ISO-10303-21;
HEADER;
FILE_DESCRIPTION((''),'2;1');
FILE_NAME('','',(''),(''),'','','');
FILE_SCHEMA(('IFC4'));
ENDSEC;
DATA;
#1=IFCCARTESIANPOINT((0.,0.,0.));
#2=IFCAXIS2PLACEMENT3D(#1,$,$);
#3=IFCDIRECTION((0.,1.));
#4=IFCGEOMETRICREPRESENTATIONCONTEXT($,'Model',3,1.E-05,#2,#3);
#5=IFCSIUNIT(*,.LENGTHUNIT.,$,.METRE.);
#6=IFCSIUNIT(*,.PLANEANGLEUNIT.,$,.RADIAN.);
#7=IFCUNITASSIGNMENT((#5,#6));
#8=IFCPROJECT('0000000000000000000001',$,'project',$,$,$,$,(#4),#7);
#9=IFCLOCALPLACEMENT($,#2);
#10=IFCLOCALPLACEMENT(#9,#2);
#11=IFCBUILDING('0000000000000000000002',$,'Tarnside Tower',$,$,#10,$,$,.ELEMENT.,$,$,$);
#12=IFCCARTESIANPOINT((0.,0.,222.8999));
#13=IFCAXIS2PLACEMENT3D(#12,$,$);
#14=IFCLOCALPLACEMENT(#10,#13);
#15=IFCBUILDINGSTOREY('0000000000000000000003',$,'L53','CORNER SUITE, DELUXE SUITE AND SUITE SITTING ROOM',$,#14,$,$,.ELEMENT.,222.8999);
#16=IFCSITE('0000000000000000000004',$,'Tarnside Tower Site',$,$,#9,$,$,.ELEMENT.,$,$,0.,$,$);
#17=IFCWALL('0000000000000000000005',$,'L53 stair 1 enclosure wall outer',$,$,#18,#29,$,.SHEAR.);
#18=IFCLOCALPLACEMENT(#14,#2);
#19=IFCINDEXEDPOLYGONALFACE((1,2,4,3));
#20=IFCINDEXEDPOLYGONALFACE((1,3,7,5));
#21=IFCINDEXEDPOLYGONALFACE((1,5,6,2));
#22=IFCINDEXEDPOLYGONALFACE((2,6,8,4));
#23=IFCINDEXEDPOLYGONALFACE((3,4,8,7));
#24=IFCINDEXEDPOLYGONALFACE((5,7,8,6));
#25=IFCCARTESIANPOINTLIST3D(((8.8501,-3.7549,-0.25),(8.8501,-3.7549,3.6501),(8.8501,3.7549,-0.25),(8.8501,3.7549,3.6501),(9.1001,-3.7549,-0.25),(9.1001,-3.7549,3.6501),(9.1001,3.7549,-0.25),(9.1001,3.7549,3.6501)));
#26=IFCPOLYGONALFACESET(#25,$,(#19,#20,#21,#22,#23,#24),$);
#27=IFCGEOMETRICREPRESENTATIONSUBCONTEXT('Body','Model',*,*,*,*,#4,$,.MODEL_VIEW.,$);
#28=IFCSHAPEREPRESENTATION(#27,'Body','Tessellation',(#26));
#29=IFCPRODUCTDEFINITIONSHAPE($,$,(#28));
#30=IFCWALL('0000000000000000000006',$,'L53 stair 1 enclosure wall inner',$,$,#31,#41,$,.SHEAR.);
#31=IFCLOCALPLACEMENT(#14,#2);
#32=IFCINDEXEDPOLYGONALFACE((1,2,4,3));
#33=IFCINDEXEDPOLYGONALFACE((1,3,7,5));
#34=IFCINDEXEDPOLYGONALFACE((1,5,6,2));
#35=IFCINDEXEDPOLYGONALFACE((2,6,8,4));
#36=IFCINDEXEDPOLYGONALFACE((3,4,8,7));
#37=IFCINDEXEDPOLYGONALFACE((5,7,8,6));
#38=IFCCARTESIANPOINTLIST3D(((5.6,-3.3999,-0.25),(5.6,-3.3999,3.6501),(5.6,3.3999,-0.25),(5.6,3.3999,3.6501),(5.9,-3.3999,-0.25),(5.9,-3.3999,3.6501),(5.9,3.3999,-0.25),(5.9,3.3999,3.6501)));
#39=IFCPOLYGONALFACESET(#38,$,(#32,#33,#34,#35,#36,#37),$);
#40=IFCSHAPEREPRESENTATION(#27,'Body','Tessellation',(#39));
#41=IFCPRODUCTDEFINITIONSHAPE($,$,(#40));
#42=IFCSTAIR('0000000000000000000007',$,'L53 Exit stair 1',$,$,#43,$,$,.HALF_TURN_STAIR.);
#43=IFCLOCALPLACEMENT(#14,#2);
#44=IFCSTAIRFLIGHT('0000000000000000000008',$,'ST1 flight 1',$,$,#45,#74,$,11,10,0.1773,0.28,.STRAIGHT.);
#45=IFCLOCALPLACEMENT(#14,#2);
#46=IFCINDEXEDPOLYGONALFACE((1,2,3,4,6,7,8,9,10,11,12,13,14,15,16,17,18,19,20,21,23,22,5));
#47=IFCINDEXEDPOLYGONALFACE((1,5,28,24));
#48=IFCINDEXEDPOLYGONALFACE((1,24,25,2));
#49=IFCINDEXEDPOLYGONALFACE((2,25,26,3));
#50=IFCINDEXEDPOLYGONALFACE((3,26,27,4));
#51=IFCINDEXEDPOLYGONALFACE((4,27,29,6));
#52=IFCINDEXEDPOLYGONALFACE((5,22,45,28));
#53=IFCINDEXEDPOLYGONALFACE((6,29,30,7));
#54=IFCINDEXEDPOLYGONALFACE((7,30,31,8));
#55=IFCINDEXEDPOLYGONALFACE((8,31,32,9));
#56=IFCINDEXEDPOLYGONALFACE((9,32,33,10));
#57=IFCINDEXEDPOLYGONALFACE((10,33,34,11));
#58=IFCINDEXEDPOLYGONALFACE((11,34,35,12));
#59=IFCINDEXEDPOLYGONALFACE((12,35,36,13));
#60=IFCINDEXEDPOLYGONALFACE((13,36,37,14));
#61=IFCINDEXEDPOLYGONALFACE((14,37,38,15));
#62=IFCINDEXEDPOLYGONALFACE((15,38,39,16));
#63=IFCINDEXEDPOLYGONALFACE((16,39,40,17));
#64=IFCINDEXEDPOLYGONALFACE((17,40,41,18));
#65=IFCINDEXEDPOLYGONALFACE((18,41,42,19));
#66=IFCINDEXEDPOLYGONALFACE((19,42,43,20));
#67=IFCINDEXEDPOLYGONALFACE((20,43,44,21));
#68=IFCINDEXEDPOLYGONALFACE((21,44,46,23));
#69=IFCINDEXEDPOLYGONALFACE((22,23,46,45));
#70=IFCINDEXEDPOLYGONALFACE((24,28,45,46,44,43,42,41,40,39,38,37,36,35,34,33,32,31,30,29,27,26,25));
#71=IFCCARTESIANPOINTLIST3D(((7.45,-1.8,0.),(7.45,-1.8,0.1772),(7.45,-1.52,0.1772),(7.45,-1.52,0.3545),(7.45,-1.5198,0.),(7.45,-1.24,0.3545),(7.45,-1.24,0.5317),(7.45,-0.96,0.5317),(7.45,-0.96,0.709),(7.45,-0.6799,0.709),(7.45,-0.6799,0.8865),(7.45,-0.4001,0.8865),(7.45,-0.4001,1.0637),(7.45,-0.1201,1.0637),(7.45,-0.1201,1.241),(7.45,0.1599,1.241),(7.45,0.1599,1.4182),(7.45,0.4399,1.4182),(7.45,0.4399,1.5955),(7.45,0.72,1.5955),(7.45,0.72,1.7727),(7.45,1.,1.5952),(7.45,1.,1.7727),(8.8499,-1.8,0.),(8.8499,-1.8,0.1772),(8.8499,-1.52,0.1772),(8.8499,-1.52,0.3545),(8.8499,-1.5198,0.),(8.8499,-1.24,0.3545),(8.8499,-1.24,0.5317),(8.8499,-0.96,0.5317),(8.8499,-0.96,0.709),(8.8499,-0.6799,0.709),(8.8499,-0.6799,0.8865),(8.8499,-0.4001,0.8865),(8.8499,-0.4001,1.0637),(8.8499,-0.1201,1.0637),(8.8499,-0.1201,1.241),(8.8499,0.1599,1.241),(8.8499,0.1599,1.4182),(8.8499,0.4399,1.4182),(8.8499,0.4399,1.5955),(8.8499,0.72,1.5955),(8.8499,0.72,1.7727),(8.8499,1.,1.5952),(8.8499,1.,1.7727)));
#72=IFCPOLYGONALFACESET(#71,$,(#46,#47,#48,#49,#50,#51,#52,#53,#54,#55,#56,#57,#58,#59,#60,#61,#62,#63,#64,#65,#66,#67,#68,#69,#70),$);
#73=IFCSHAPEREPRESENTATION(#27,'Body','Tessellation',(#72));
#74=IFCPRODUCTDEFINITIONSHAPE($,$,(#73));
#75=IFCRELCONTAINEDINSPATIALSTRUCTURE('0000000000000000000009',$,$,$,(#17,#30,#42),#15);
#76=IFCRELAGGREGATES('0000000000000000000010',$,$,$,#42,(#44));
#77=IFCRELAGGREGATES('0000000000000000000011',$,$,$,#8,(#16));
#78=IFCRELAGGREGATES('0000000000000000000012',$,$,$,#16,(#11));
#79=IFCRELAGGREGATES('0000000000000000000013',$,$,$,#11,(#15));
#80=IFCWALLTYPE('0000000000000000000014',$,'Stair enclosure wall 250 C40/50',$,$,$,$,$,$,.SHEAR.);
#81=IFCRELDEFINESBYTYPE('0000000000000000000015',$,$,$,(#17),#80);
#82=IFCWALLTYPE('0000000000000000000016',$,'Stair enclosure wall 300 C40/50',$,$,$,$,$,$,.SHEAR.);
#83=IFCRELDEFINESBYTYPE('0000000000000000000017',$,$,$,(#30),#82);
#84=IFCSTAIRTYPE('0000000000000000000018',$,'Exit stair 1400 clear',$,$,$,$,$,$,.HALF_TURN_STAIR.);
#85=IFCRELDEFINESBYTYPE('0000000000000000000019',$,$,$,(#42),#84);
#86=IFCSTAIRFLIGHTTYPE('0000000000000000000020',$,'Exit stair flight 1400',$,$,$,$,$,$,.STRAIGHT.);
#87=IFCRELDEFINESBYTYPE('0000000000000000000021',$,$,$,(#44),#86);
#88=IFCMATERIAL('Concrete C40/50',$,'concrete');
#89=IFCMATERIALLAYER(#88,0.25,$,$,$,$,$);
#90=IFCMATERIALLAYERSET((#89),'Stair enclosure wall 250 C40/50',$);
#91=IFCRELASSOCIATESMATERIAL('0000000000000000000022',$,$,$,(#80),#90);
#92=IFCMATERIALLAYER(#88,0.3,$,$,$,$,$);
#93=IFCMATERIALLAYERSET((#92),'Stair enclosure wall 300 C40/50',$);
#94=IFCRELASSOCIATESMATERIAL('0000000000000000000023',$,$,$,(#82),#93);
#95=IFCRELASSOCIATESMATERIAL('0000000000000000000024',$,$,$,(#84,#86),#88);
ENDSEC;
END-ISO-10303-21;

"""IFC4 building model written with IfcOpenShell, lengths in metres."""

from ifc_helpers import new_model, si_unit, direction, frame, frame_2d, origin, place, context, subcontext, project, spatial, polyline, rectangle, outline, extrude, material, layer, layer_set, type_object, element, aggregate, save


model = new_model("IFC4")

# Units and contexts
model_context = context("Model", 3, precision=1e-05, world=origin(), true_north=direction((0.0, 1.0)))
body_context = subcontext(model_context, "Body", "Model", "MODEL_VIEW")
ifc_project = project(units=[si_unit("LENGTHUNIT", "METRE"), si_unit("PLANEANGLEUNIT", "RADIAN")], contexts=[model_context])

# Site, building, storey
site_placement = place(None, origin())
site = spatial("IfcSite", under=ifc_project, at=site_placement, Name="Tarnside Tower Site", CompositionType="ELEMENT", RefElevation=0.0)
building_placement = place(site_placement, origin())
building = spatial("IfcBuilding", under=site, at=building_placement, Name="Tarnside Tower", CompositionType="ELEMENT")
storey_placement = place(building_placement, frame((0.0, 0.0, 222.8999)))
storey = spatial("IfcBuildingStorey", under=building, at=storey_placement, Name="L53", Description="CORNER SUITE, DELUXE SUITE AND SUITE SITTING ROOM", CompositionType="ELEMENT", Elevation=222.8999)

# Shared definitions
ifc_material_1 = material(Name="Concrete C40/50", Category="concrete")

# Walls
ifc_layer_1 = layer(ifc_material_1, 0.25)
ifc_layer_set_1 = layer_set([ifc_layer_1], Name="Stair enclosure wall 250 C40/50")
wall_type_1 = type_object("IfcWallType", Name="Stair enclosure wall 250 C40/50", PredefinedType="SHEAR", material=ifc_layer_set_1)
wall_1_placement = place(storey_placement, frame((8.9751, -3.7549, -0.25), z_axis=(0.0, 0.0, 1.0), x_axis=(0.0, 1.0, 0.0)))
element("IfcWall", 1, at=wall_1_placement, inside=storey, type_object=wall_type_1, Name="L53 stair 1 enclosure wall outer", PredefinedType="SHEAR", context=body_context, shape_type="SweptSolid", body=[
    extrude(rectangle(XDim=7.5098, YDim=0.25, at=frame_2d((3.7549, 0.0))), origin(), (0.0, 0.0, 1.0), 3.9001),
])
ifc_layer_2 = layer(ifc_material_1, 0.3)
ifc_layer_set_2 = layer_set([ifc_layer_2], Name="Stair enclosure wall 300 C40/50")
wall_type_2 = type_object("IfcWallType", Name="Stair enclosure wall 300 C40/50", PredefinedType="SHEAR", material=ifc_layer_set_2)
wall_2_placement = place(storey_placement, frame((5.75, -3.3999, -0.25), z_axis=(0.0, 0.0, 1.0), x_axis=(0.0, 1.0, 0.0)))
element("IfcWall", 2, at=wall_2_placement, inside=storey, type_object=wall_type_2, Name="L53 stair 1 enclosure wall inner", PredefinedType="SHEAR", context=body_context, shape_type="SweptSolid", body=[
    extrude(rectangle(XDim=6.7998, YDim=0.3, at=frame_2d((3.3999, 0.0))), origin(), (0.0, 0.0, 1.0), 3.9001),
])

# Stair, stair flight
stair_type = type_object("IfcStairType", Name="Exit stair 1400 clear", PredefinedType="HALF_TURN_STAIR", material=ifc_material_1)
stair_placement = place(storey_placement, origin())
stair = element("IfcStair", 3, at=stair_placement, inside=storey, type_object=stair_type, Name="L53 Exit stair 1", PredefinedType="HALF_TURN_STAIR")
stair_flight_type = type_object("IfcStairFlightType", Name="Exit stair flight 1400", PredefinedType="STRAIGHT", material=ifc_material_1)
stair_flight_placement = place(storey_placement, frame((8.1499, -1.8, 0.0), z_axis=(0.0, 0.0, 1.0), x_axis=(0.0, 1.0, 0.0)))
stair_flight = element("IfcStairFlight", 4, at=stair_flight_placement, type_object=stair_flight_type, Name="ST1 flight 1", NumberOfRisers=11, NumberOfTreads=10, PredefinedType="STRAIGHT", RiserHeight=0.1773, TreadLength=0.28, context=body_context, shape_type="SweptSolid", body=[
    extrude(outline(polyline([(0.0, 0.0), (0.0, 0.1772), (0.28, 0.1772), (0.28, 0.3545), (0.5601, 0.3545), (0.5601, 0.5317), (0.8401, 0.5317), (0.8401, 0.709), (1.1201, 0.709), (1.1201, 0.8865), (1.3999, 0.8865), (1.3999, 1.0637), (1.6799, 1.0637), (1.6799, 1.241), (1.96, 1.241), (1.96, 1.4182), (2.24, 1.4182), (2.24, 1.5955), (2.52, 1.5955), (2.52, 1.7727), (2.8, 1.7727), (2.8, 1.95), (2.8, 1.5952), (0.2803, 0.0), (0.0, 0.0)])), frame((0.0, 0.7, 0.0), z_axis=(0.0, -1.0, 0.0), x_axis=(1.0, 0.0, 0.0)), (0.0, 0.0, 1.0), 1.3999),
])
aggregate(stair, [stair_flight])

save(model, "model.ifc")
